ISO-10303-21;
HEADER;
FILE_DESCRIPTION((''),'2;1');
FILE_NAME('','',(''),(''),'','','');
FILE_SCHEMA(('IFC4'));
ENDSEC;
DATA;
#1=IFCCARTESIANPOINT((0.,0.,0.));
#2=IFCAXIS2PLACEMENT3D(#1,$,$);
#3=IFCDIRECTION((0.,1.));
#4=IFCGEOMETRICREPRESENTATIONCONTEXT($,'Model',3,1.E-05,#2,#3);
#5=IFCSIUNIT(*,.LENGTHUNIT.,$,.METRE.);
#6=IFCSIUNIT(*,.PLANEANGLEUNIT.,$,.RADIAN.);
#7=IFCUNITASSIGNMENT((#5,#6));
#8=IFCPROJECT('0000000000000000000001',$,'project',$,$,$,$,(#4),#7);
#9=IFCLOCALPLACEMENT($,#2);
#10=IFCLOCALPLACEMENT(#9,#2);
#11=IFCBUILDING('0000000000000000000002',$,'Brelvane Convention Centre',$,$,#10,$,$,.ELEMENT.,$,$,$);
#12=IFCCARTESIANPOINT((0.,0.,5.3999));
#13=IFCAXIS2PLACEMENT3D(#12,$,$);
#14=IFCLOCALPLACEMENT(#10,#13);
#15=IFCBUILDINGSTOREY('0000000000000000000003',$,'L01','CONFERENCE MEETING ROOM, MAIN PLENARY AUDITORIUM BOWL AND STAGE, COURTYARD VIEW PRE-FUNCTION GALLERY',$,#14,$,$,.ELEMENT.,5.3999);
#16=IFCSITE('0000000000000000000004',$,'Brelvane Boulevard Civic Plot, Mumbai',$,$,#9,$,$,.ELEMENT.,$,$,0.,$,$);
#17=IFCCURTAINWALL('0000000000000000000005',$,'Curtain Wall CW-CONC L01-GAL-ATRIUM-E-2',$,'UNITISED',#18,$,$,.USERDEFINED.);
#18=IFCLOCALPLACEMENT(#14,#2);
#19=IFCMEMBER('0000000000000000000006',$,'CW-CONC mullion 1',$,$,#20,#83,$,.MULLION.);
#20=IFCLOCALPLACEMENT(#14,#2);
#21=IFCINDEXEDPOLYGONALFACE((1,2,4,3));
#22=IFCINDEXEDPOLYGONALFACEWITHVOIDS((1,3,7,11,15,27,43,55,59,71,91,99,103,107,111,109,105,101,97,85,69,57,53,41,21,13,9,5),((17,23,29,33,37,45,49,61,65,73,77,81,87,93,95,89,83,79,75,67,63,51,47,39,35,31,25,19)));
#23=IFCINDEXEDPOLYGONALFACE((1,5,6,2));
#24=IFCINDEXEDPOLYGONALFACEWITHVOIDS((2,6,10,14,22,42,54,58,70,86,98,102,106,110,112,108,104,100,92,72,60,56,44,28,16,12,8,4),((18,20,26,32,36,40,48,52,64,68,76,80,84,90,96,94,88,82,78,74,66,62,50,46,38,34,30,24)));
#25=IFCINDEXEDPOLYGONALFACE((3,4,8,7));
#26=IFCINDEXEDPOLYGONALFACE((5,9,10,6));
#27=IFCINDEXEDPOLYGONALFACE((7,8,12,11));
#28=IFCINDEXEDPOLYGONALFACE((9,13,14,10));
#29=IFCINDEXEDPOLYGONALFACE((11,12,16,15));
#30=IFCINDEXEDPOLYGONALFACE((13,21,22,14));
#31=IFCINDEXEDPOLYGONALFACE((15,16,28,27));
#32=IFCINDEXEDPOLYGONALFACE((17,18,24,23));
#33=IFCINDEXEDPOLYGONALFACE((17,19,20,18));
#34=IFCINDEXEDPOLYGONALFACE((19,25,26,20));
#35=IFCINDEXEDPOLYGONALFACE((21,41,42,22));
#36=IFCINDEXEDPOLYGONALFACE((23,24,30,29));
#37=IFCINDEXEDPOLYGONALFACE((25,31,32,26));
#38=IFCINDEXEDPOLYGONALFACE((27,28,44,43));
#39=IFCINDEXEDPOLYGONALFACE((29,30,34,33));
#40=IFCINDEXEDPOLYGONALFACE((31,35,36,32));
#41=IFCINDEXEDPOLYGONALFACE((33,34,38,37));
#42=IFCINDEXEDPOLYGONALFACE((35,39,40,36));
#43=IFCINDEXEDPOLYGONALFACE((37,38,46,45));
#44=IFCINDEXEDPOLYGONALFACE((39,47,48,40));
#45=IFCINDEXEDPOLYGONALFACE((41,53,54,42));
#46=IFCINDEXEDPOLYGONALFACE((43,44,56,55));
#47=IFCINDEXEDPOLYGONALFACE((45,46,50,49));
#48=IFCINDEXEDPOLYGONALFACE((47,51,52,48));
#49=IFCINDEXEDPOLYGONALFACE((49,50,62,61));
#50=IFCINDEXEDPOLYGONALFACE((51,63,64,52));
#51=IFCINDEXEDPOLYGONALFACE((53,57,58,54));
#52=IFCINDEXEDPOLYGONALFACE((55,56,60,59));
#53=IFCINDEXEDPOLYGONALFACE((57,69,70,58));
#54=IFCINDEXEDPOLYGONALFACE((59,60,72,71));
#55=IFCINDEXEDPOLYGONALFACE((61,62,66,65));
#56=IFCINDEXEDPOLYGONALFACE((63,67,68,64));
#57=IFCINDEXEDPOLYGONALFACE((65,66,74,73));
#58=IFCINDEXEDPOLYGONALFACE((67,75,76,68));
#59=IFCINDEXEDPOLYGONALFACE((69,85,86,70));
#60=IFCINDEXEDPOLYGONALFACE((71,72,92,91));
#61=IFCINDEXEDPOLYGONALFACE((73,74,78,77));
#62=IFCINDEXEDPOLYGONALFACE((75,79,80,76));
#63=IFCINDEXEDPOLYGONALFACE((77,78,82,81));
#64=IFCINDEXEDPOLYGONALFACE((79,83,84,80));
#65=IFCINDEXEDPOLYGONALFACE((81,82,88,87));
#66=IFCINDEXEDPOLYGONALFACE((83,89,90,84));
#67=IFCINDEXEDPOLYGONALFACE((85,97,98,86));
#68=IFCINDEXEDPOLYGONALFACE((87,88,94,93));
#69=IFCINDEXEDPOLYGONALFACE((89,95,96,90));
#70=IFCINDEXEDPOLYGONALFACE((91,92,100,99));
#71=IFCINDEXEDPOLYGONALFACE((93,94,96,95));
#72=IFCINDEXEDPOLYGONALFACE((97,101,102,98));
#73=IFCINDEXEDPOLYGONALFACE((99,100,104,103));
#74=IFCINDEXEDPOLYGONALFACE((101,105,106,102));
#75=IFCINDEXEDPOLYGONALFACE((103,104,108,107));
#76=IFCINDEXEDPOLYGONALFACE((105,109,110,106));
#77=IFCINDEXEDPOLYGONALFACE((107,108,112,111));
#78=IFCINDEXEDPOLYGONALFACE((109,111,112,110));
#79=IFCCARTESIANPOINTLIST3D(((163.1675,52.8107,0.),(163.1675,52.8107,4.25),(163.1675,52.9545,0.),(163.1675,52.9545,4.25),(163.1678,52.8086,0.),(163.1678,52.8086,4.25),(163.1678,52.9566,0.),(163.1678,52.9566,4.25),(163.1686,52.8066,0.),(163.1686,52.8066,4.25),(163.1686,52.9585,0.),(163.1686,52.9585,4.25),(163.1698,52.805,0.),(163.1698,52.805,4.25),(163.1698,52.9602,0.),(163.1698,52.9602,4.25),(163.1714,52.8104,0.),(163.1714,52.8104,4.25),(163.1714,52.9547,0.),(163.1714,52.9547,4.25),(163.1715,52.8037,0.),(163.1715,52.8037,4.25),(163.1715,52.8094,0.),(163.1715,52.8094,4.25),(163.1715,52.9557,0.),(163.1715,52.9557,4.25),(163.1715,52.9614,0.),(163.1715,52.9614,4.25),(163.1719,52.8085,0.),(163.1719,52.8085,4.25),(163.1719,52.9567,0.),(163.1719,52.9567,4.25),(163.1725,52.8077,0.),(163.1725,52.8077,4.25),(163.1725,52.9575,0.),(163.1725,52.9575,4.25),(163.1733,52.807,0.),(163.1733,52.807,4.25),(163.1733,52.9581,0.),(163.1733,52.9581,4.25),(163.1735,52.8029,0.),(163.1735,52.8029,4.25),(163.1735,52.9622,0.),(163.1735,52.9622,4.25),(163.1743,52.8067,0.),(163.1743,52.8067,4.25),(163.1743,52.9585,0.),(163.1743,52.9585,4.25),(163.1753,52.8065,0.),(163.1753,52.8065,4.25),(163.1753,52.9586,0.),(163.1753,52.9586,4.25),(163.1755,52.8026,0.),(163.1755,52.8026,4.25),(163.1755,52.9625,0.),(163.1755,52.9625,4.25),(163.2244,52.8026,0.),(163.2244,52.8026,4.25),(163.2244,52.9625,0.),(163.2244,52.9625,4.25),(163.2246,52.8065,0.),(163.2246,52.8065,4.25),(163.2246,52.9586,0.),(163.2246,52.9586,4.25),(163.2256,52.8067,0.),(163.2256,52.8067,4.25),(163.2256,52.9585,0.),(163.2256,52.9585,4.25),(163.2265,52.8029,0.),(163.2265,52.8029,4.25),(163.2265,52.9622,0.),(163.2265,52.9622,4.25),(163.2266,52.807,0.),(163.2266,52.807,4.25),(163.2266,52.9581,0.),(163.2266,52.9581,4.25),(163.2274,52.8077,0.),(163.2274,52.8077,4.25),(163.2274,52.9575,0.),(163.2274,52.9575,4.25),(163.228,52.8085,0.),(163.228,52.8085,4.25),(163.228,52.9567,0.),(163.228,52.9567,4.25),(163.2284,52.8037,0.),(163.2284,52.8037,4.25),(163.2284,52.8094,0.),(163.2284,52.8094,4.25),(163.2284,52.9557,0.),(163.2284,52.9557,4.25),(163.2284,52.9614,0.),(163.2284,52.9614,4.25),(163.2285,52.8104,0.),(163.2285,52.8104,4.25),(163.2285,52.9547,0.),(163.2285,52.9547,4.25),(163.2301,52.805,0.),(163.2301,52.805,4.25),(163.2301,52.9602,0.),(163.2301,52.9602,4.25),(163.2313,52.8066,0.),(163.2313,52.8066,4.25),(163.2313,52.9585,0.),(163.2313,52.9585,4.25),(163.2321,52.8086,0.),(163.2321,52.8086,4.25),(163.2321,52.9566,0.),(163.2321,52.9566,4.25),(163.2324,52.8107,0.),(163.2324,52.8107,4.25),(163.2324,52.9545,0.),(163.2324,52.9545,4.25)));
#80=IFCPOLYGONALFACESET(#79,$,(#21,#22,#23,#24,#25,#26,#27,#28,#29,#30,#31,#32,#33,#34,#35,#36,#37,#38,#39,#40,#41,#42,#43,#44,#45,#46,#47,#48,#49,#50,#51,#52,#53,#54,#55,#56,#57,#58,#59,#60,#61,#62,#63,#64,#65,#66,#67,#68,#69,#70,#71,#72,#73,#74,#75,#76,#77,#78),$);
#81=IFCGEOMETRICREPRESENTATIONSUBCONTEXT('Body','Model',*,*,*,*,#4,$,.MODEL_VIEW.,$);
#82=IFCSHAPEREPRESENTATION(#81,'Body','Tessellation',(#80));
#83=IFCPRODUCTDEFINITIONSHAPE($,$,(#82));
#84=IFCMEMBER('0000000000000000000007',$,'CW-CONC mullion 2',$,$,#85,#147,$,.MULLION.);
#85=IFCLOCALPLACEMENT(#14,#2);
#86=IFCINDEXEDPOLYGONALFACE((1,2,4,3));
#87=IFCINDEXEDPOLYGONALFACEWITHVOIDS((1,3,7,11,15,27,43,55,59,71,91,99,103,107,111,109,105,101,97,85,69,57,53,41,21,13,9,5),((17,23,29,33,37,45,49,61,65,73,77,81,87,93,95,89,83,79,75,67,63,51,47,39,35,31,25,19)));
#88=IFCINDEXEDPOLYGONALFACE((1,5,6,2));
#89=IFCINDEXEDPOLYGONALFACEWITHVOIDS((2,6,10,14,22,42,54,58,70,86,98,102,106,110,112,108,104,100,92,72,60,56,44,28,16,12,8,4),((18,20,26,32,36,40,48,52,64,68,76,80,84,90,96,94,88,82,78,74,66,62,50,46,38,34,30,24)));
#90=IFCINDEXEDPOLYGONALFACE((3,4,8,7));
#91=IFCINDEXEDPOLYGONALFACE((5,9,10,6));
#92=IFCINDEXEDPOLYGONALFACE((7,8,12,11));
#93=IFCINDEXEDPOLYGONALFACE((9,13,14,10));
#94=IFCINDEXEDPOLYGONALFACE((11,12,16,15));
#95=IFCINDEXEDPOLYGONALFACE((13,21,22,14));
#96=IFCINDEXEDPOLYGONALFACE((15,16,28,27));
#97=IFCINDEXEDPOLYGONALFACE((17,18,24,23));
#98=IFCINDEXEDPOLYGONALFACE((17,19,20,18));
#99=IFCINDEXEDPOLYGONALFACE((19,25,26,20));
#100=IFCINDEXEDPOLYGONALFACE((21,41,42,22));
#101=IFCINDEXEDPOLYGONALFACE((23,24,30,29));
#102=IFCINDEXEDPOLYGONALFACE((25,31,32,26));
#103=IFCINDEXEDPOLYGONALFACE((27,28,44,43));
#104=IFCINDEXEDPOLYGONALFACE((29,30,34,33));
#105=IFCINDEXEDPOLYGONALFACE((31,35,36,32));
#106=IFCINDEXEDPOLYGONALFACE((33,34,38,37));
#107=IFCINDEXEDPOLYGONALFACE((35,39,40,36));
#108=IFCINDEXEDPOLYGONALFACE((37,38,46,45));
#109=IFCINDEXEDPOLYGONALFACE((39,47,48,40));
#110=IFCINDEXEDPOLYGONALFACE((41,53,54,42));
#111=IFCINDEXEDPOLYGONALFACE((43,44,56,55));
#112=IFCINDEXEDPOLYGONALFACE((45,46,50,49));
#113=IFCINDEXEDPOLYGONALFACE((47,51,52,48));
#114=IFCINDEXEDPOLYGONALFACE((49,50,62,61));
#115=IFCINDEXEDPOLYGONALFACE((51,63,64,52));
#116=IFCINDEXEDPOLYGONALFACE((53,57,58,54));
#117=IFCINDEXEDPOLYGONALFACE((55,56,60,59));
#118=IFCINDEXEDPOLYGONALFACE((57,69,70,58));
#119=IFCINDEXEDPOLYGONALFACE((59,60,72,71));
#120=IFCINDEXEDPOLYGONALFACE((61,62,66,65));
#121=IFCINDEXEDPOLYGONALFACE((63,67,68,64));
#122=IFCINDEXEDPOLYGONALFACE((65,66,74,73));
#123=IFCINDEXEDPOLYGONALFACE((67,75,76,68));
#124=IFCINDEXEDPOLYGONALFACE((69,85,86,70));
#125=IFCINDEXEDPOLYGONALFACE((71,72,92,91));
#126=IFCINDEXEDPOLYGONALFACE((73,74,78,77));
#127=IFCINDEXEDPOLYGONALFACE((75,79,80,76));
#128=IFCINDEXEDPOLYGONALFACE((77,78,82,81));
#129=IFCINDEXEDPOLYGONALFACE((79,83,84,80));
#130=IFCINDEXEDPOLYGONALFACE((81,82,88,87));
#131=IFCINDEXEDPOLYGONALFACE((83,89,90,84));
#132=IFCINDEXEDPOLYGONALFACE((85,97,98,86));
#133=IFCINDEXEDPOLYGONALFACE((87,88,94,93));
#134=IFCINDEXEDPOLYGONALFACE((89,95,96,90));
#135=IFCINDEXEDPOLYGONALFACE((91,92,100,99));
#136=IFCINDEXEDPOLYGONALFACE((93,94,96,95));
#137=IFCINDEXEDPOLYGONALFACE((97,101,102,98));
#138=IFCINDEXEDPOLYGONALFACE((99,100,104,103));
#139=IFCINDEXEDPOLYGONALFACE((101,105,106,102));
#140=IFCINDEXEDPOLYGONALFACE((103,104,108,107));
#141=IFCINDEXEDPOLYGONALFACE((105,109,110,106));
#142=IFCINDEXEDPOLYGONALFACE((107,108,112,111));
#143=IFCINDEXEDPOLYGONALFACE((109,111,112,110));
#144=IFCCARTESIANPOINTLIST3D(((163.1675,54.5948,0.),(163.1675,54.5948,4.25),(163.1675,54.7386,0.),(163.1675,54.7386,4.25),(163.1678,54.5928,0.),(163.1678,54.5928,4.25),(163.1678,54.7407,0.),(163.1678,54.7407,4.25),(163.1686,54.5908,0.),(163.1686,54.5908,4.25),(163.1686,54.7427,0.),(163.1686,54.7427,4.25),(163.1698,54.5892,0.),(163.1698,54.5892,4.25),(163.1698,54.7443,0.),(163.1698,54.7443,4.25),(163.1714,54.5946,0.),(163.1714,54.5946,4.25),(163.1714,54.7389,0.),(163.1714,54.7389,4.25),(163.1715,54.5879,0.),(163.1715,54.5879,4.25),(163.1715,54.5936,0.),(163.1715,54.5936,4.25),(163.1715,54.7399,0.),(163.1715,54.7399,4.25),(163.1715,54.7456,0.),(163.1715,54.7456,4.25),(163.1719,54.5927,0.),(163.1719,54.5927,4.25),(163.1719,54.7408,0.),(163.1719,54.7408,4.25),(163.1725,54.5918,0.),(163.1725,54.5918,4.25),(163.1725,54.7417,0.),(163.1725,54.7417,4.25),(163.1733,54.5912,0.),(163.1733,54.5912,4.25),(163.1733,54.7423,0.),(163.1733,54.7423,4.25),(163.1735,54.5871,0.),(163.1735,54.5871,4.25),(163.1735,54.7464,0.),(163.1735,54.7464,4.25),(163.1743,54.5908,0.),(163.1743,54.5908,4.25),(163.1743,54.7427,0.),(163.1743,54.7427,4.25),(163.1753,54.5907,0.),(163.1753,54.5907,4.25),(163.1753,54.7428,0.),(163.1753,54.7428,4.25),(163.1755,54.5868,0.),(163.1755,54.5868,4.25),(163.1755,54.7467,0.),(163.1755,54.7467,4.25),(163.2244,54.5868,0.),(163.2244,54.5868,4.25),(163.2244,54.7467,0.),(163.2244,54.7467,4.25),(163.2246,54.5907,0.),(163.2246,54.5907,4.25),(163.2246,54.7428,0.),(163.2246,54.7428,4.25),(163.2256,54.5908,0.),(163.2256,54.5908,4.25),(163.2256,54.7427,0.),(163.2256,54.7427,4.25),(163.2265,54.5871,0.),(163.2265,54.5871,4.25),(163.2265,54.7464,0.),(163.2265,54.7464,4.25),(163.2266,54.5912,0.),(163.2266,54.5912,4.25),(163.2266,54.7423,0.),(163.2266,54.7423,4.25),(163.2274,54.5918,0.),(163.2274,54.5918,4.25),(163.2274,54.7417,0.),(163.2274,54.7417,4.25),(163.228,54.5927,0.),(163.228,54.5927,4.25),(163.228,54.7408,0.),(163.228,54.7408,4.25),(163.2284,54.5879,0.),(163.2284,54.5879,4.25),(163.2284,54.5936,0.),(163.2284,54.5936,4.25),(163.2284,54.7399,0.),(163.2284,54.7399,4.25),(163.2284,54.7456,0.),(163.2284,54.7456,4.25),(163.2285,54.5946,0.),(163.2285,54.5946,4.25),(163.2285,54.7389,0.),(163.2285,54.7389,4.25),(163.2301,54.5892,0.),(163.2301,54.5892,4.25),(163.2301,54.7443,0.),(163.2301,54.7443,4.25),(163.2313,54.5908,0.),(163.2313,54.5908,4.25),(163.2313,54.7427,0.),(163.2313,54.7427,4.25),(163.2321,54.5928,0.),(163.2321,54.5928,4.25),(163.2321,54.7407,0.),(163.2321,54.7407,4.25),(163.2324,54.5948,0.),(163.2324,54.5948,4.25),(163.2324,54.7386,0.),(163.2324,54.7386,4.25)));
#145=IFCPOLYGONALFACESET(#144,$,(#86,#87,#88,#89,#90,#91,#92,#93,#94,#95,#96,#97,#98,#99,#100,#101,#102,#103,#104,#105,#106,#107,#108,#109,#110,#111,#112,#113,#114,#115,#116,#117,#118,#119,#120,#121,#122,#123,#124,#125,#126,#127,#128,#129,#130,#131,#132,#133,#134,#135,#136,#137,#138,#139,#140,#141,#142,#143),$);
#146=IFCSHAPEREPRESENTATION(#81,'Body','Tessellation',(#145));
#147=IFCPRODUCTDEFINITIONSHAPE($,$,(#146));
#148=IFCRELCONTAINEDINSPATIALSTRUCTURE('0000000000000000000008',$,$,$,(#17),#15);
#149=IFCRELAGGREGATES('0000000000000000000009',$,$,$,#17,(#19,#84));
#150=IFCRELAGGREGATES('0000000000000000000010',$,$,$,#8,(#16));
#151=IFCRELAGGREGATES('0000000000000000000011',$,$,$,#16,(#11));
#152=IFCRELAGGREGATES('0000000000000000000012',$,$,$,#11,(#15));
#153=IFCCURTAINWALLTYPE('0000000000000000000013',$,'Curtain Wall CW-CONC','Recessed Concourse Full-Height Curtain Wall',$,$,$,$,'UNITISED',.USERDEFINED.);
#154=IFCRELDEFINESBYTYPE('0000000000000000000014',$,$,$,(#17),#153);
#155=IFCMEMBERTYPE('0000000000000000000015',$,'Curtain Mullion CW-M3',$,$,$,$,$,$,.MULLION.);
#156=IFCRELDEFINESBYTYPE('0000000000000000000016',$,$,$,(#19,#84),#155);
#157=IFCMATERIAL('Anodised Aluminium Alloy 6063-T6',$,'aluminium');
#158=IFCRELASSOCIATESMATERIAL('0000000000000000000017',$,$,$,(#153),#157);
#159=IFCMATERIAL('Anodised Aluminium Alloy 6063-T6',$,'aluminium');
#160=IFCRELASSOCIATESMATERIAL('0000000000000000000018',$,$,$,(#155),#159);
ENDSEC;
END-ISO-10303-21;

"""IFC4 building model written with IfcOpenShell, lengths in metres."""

from ifc_helpers import new_model, si_unit, direction, frame, origin, origin_2d, place, context, subcontext, project, spatial, hollow_rectangle, extrude, material, material_profile, profile_set, type_object, element, aggregate, save


model = new_model("IFC4")

# Units and contexts
model_context = context("Model", 3, precision=1e-05, world=origin(), true_north=direction((0.0, 1.0)))
body_context = subcontext(model_context, "Body", "Model", "MODEL_VIEW")
ifc_project = project(units=[si_unit("LENGTHUNIT", "METRE"), si_unit("PLANEANGLEUNIT", "RADIAN")], contexts=[model_context])

# Site, building, storey
site_placement = place(None, origin())
site = spatial("IfcSite", under=ifc_project, at=site_placement, Name="Brelvane Boulevard Civic Plot, Mumbai", CompositionType="ELEMENT", RefElevation=0.0)
building_placement = place(site_placement, origin())
building = spatial("IfcBuilding", under=site, at=building_placement, Name="Brelvane Convention Centre", CompositionType="ELEMENT")
storey_placement = place(building_placement, frame((0.0, 0.0, 5.3999)))
storey = spatial("IfcBuildingStorey", under=building, at=storey_placement, Name="L01", Description="CONFERENCE MEETING ROOM, MAIN PLENARY AUDITORIUM BOWL AND STAGE, COURTYARD VIEW PRE-FUNCTION GALLERY", CompositionType="ELEMENT", Elevation=5.3999)

# Curtain wall, members
ifc_material_1 = material(Name="Anodised Aluminium Alloy 6063-T6", Category="aluminium")
curtain_wall_type = type_object("IfcCurtainWallType", Name="Curtain Wall CW-CONC", Description="Recessed Concourse Full-Height Curtain Wall", ElementType="UNITISED", PredefinedType="USERDEFINED", material=ifc_material_1)
curtain_wall_placement = place(storey_placement, origin())
curtain_wall = element("IfcCurtainWall", 1, at=curtain_wall_placement, inside=storey, type_object=curtain_wall_type, Name="Curtain Wall CW-CONC L01-GAL-ATRIUM-E-2", ObjectType="UNITISED", PredefinedType="USERDEFINED")
ifc_material_2 = material(Name="Anodised Aluminium Alloy 6063-T6", Category="aluminium")
ifc_material_profile_1 = material_profile(ifc_material_2, hollow_rectangle(XDim=0.0649, YDim=0.1599, WallThickness=0.0039, InnerFilletRadius=0.0039, OuterFilletRadius=0.0081, at=origin_2d()), Name="ALU-M 160x65x4.0")
ifc_profile_set_1 = profile_set([ifc_material_profile_1], Name="Anodised Aluminium Alloy 6063-T6")
member_type_1 = type_object("IfcMemberType", Name="Curtain Mullion CW-M3", PredefinedType="MULLION", material=ifc_profile_set_1)
member_1_placement = place(storey_placement, frame((163.2, 52.8826, 0.0), z_axis=(0.0, 0.0, 1.0), x_axis=(-1.0, 0.0, 0.0)))
member_1 = element("IfcMember", 2, at=member_1_placement, type_object=member_type_1, Name="CW-CONC mullion 1", PredefinedType="MULLION", context=body_context, shape_type="SweptSolid", body=[
    extrude(hollow_rectangle(XDim=0.0649, YDim=0.1599, WallThickness=0.0039, InnerFilletRadius=0.0039, OuterFilletRadius=0.0081, at=origin_2d()), origin(), (0.0, 0.0, 1.0), 4.25),
])
member_2_placement = place(storey_placement, frame((163.2, 54.6667, 0.0), z_axis=(0.0, 0.0, 1.0), x_axis=(-1.0, 0.0, 0.0)))
member_2 = element("IfcMember", 3, at=member_2_placement, type_object=member_type_1, Name="CW-CONC mullion 2", PredefinedType="MULLION", context=body_context, shape_type="SweptSolid", body=[
    extrude(hollow_rectangle(XDim=0.0649, YDim=0.1599, WallThickness=0.0039, InnerFilletRadius=0.0039, OuterFilletRadius=0.0081, at=origin_2d()), origin(), (0.0, 0.0, 1.0), 4.25),
])

aggregate(curtain_wall, [member_1, member_2])

save(model, "model.ifc")
